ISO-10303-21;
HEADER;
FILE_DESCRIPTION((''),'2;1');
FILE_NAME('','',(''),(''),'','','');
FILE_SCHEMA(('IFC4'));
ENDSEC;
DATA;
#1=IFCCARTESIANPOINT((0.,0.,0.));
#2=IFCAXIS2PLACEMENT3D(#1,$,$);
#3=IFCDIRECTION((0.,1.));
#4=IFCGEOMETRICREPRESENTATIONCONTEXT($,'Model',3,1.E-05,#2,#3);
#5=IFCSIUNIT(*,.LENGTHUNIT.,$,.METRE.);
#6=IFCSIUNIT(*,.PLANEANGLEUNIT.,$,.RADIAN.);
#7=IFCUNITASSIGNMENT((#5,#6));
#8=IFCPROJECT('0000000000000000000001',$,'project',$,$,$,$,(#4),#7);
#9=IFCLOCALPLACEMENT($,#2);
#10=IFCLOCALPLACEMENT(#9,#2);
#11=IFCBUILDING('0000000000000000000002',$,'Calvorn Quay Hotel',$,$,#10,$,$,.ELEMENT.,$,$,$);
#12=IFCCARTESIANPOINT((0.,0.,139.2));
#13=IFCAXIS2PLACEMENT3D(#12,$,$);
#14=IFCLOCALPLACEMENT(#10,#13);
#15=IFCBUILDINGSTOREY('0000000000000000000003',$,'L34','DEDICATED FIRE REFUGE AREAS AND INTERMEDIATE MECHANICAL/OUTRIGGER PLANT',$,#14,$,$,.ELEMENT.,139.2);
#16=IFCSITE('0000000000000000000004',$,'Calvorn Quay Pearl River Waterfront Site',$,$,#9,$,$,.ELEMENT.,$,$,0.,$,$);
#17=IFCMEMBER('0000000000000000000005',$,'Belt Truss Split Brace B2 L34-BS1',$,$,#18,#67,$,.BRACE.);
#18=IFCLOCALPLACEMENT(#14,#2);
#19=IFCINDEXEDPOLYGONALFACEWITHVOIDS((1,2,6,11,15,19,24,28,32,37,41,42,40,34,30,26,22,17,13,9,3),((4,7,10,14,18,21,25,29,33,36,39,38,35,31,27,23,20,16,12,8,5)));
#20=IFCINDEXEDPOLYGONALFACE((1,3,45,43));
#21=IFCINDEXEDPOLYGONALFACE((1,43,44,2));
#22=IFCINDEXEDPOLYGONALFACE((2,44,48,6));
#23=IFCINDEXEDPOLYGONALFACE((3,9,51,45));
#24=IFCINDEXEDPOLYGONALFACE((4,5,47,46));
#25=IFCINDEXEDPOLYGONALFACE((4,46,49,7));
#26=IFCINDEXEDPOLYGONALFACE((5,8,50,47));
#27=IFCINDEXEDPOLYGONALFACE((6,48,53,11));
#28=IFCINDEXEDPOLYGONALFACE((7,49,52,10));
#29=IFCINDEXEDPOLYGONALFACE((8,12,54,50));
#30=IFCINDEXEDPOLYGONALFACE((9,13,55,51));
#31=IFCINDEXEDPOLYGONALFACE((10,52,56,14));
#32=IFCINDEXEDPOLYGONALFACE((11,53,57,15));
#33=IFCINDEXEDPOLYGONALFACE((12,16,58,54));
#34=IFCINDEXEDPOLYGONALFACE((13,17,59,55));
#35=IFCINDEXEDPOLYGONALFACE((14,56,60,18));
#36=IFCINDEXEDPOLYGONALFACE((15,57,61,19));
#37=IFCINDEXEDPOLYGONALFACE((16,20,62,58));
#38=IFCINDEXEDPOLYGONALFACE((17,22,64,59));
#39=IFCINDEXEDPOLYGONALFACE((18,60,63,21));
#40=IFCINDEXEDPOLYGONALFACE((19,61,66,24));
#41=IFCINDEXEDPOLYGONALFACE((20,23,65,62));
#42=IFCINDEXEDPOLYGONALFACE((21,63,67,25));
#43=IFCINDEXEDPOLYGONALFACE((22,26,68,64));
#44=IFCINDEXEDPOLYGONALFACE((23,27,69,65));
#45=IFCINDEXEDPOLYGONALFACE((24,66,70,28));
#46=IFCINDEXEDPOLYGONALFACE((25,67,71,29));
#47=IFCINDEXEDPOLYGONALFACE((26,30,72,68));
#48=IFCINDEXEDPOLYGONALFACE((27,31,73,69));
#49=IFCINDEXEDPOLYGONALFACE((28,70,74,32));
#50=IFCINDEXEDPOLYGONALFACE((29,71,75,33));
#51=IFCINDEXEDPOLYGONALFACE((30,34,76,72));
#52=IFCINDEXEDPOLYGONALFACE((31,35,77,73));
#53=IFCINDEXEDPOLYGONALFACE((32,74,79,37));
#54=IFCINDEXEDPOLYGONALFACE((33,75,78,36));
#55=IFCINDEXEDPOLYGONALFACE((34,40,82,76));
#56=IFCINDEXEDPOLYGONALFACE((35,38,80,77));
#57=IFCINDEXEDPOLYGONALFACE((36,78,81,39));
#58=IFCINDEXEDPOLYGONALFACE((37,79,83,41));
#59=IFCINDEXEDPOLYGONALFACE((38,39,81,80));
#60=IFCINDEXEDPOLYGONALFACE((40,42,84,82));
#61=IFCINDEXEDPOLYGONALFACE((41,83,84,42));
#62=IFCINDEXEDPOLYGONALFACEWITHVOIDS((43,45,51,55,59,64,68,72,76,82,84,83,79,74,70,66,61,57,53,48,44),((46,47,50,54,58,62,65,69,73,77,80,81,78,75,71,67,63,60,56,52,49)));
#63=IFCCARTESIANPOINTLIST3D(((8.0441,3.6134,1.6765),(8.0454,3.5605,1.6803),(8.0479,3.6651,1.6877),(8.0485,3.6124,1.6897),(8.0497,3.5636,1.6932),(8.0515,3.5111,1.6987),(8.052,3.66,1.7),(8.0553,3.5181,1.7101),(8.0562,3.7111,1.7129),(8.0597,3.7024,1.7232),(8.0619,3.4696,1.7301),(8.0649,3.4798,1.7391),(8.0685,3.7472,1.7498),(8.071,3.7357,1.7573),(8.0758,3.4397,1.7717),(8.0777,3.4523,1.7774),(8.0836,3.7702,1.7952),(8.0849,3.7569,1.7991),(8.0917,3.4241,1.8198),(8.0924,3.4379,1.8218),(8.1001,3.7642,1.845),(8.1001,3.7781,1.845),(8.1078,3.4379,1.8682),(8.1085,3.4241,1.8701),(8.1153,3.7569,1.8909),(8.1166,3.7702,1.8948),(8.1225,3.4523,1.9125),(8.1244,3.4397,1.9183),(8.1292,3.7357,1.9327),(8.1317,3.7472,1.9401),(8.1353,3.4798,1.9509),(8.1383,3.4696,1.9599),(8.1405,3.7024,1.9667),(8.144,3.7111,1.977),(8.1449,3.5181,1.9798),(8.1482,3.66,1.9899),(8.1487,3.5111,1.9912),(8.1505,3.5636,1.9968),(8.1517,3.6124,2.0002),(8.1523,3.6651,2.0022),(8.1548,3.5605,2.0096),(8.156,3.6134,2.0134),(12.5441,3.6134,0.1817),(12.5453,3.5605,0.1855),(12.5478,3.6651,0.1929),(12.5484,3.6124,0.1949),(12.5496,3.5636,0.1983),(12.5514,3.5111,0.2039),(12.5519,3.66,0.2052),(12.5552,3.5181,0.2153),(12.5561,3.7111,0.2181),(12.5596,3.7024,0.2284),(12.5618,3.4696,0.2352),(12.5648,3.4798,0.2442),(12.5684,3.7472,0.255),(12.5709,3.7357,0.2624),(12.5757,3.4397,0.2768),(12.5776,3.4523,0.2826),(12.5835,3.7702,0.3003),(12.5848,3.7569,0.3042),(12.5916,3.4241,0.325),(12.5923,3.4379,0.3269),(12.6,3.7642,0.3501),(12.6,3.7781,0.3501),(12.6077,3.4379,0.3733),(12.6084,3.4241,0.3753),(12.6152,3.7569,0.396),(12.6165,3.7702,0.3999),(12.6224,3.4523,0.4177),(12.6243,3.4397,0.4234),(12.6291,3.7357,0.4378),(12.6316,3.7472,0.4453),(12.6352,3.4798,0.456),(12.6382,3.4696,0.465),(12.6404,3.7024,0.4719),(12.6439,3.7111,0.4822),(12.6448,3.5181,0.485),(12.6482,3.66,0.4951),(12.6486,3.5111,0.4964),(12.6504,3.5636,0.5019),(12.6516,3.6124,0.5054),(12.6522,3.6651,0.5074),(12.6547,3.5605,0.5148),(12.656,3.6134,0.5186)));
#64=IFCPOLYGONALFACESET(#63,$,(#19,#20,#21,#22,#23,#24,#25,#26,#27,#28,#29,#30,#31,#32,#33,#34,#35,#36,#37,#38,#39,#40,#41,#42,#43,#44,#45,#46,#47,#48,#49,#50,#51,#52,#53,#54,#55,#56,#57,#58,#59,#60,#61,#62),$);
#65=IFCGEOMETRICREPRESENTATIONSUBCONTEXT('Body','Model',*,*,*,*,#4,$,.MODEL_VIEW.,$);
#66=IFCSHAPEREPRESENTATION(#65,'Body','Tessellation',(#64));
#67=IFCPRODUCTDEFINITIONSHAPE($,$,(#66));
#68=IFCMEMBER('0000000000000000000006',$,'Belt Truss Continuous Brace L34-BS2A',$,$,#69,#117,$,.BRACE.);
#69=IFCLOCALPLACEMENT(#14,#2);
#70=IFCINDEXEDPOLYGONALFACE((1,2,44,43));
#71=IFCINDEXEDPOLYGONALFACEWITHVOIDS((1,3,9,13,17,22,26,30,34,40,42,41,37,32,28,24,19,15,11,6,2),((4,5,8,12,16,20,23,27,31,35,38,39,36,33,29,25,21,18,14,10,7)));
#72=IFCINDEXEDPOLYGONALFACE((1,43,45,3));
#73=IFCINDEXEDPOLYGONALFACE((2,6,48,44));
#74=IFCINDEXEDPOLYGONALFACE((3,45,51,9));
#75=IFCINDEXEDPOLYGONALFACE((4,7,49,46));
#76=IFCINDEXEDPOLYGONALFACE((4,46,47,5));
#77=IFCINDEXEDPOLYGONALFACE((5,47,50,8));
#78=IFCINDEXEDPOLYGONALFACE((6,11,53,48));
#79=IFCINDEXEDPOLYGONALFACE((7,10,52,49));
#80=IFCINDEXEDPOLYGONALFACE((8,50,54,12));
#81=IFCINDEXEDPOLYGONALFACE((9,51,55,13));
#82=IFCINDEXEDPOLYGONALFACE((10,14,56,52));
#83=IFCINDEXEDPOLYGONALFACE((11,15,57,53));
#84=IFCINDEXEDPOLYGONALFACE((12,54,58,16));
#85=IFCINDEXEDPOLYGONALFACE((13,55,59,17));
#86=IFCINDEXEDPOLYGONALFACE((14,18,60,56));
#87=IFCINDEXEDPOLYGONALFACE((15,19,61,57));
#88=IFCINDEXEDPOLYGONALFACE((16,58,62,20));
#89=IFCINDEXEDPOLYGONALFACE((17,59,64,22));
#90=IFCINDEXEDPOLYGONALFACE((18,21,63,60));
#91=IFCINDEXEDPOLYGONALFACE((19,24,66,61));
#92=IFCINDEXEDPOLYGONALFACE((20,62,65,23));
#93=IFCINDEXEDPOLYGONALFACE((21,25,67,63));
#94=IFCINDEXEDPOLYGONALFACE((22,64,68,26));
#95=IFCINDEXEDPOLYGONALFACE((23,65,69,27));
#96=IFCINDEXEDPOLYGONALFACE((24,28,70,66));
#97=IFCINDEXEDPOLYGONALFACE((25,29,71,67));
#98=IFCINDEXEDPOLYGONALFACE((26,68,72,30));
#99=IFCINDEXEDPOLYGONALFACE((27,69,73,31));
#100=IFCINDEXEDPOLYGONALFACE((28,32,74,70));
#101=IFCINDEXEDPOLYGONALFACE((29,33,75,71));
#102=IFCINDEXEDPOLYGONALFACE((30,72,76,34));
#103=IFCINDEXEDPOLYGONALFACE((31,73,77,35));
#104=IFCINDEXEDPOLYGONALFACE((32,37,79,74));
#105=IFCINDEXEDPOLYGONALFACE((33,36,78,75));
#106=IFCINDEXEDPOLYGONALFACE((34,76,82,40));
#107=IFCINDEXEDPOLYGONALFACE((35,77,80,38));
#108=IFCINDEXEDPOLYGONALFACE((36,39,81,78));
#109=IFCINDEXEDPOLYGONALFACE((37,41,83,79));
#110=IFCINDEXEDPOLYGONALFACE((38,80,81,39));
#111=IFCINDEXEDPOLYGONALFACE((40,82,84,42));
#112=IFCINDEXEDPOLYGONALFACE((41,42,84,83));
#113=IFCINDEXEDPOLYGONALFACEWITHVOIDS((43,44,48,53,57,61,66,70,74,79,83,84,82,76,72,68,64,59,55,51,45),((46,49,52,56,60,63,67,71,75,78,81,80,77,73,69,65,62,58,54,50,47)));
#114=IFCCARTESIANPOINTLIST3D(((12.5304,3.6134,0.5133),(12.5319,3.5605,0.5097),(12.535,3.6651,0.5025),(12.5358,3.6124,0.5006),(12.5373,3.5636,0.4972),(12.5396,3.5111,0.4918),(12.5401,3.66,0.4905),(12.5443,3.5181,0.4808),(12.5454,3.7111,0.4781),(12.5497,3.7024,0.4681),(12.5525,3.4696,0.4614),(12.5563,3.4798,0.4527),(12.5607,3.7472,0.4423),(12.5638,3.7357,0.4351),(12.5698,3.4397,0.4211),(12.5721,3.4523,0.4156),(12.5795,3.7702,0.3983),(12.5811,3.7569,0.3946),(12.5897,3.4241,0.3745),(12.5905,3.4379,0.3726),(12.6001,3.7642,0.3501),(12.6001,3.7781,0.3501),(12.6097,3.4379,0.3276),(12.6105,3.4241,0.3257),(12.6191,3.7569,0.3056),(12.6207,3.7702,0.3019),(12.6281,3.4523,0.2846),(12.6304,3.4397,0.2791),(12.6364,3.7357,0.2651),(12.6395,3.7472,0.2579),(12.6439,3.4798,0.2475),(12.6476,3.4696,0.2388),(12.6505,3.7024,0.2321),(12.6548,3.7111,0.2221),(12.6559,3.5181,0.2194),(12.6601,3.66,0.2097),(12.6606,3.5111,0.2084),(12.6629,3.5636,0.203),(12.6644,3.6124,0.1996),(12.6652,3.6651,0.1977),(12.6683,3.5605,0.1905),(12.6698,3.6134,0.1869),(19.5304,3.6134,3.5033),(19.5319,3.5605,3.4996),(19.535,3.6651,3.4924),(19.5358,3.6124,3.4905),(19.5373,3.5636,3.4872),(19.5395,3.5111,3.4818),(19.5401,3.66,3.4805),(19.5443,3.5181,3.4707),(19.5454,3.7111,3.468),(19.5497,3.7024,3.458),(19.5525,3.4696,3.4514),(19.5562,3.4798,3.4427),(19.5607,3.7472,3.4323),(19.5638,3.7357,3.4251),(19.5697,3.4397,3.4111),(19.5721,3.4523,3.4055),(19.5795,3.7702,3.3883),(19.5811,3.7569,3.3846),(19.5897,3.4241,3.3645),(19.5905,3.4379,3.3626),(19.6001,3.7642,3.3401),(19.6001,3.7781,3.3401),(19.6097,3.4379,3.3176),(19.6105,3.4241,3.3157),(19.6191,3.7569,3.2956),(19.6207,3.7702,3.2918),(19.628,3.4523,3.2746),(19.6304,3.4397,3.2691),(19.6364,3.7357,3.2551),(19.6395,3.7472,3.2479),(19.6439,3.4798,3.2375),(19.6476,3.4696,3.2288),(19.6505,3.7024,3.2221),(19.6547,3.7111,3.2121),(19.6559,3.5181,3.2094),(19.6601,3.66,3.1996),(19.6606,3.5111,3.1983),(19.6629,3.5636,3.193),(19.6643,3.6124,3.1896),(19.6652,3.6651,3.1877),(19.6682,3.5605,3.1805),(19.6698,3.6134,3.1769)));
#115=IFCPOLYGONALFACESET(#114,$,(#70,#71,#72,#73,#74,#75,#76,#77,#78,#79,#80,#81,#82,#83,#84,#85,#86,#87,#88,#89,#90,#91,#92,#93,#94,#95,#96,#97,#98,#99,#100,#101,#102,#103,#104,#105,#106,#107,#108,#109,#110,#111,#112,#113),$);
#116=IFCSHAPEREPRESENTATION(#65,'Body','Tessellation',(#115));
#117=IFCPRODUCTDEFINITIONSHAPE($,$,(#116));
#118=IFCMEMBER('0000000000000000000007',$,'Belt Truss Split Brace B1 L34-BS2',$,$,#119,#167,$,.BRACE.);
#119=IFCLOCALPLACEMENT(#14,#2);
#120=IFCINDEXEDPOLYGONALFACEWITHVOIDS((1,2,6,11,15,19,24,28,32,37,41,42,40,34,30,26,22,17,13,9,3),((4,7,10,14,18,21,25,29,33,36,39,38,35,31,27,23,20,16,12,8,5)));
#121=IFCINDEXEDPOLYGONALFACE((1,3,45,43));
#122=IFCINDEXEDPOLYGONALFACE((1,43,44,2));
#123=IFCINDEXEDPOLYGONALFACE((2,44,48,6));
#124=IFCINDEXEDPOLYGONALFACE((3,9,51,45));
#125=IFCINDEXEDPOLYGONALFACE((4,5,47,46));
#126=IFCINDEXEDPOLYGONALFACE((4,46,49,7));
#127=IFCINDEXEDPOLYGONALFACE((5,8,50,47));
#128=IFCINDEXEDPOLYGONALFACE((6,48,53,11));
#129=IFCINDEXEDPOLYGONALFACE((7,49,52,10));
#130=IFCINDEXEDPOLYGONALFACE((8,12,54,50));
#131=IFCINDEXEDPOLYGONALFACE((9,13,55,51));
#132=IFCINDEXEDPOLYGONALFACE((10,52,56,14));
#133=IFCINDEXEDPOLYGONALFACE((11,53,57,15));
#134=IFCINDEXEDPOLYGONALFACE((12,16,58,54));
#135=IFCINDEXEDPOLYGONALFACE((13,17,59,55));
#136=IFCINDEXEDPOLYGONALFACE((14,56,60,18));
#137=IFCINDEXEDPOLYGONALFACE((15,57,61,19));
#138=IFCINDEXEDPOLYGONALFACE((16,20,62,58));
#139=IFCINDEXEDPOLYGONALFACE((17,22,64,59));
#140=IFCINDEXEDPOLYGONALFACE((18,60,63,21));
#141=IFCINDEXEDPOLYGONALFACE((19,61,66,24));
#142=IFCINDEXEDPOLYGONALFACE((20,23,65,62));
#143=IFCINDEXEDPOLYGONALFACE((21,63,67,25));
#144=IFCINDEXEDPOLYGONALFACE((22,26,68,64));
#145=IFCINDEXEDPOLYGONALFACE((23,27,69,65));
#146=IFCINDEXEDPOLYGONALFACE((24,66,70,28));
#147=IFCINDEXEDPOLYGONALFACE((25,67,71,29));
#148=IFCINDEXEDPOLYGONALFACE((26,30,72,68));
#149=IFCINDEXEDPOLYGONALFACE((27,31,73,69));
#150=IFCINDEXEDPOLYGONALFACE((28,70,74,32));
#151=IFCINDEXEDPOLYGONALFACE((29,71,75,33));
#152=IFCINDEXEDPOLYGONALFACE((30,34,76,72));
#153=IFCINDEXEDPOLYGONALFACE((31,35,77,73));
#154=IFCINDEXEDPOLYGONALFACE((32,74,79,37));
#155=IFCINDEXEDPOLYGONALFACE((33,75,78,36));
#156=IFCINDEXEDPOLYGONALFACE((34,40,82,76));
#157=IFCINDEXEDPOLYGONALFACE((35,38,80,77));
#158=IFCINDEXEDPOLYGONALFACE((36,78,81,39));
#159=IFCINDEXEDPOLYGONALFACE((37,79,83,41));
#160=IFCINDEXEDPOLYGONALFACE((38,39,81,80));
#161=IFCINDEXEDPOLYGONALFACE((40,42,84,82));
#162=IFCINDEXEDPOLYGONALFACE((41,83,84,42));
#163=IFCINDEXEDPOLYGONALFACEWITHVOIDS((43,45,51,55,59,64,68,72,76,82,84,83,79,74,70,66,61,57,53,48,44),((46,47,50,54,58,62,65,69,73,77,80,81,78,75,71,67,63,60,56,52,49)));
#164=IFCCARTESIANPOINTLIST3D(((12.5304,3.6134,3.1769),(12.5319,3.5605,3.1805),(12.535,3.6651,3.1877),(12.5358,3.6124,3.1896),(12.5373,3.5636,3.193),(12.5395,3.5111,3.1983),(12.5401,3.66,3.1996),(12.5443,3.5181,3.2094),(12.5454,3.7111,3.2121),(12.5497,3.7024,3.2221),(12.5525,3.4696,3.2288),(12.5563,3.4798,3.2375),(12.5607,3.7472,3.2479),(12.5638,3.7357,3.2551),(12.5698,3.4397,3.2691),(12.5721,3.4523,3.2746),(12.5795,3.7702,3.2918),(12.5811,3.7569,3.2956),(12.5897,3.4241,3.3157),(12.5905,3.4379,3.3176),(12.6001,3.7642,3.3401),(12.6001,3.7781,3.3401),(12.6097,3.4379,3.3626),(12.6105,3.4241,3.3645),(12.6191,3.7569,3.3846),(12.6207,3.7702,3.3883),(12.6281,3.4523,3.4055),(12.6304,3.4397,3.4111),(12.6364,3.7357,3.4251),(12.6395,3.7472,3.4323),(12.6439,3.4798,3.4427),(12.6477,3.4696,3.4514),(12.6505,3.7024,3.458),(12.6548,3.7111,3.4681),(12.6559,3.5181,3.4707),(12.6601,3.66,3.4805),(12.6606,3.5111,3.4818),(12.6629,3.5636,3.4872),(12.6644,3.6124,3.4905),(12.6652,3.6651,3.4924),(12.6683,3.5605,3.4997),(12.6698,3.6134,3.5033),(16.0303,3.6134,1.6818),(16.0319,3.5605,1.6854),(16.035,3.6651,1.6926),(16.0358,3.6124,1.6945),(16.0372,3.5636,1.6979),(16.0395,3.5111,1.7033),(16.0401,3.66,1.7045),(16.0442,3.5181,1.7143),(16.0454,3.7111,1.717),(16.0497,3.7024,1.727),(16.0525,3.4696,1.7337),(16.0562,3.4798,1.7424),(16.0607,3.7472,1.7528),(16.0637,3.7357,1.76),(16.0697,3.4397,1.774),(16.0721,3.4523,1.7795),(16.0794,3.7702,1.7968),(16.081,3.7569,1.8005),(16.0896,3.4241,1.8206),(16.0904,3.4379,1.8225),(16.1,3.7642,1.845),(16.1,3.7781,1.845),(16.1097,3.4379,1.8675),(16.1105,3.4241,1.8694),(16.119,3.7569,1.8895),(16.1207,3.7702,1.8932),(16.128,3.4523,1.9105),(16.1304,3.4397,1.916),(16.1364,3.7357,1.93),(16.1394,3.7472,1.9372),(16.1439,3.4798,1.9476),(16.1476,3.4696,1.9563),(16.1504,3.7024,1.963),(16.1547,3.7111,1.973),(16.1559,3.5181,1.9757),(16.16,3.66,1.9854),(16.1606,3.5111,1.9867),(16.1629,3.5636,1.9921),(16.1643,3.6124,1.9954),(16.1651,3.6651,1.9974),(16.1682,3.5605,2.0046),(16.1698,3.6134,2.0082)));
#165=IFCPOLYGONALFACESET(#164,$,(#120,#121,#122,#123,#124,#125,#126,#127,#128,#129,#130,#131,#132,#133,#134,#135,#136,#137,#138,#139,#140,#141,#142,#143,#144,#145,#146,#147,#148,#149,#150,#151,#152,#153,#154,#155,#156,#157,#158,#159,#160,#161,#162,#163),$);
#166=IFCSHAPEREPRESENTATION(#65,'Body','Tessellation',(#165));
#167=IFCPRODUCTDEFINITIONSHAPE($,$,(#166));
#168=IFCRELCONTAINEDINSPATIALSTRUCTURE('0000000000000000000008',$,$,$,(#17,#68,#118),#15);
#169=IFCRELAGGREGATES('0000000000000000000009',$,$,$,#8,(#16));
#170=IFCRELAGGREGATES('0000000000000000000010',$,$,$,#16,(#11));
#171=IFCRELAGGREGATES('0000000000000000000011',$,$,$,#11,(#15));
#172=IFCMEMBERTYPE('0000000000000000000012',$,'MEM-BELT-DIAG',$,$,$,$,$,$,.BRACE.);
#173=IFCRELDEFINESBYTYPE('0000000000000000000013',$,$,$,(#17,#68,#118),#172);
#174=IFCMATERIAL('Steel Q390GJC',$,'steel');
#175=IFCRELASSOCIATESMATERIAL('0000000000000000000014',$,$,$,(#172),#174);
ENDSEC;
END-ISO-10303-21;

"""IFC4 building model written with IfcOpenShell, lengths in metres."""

from ifc_helpers import new_model, si_unit, direction, frame, origin, origin_2d, place, context, subcontext, project, spatial, hollow_circle, extrude, material, material_profile, profile_set, type_object, element, save


model = new_model("IFC4")

# Units and contexts
model_context = context("Model", 3, precision=1e-05, world=origin(), true_north=direction((0.0, 1.0)))
body_context = subcontext(model_context, "Body", "Model", "MODEL_VIEW")
ifc_project = project(units=[si_unit("LENGTHUNIT", "METRE"), si_unit("PLANEANGLEUNIT", "RADIAN")], contexts=[model_context])

# Site, building, storey
site_placement = place(None, origin())
site = spatial("IfcSite", under=ifc_project, at=site_placement, Name="Calvorn Quay Pearl River Waterfront Site", CompositionType="ELEMENT", RefElevation=0.0)
building_placement = place(site_placement, origin())
building = spatial("IfcBuilding", under=site, at=building_placement, Name="Calvorn Quay Hotel", CompositionType="ELEMENT")
storey_placement = place(building_placement, frame((0.0, 0.0, 139.2)))
storey = spatial("IfcBuildingStorey", under=building, at=storey_placement, Name="L34", Description="DEDICATED FIRE REFUGE AREAS AND INTERMEDIATE MECHANICAL/OUTRIGGER PLANT", CompositionType="ELEMENT", Elevation=139.2)

# Members
ifc_material_1 = material(Name="Steel Q390GJC", Category="steel")
ifc_material_profile_1 = material_profile(ifc_material_1, hollow_circle(Radius=0.178, WallThickness=0.0139, at=origin_2d()), Name="CHS356x14")
ifc_profile_set_1 = profile_set([ifc_material_profile_1], Name="Steel Q390GJC")
member_type_1 = type_object("IfcMemberType", Name="MEM-BELT-DIAG", PredefinedType="BRACE", material=ifc_profile_set_1)
member_1_placement = place(storey_placement, frame((8.1001, 3.6001, 1.845), z_axis=(0.949007, 0.0, -0.315254), x_axis=(0.0, 1.0, 0.0)))
element("IfcMember", 1, at=member_1_placement, inside=storey, type_object=member_type_1, Name="Belt Truss Split Brace B2 L34-BS1", PredefinedType="BRACE", context=body_context, shape_type="SweptSolid", body=[
    extrude(hollow_circle(Radius=0.178, WallThickness=0.0139, at=origin_2d()), origin(), (0.0, 0.0, 1.0), 4.7417),
])
member_2_placement = place(storey_placement, frame((12.6001, 3.6001, 0.3501), z_axis=(0.91962, 0.0, 0.392808), x_axis=(0.0, 1.0, 0.0)))
element("IfcMember", 2, at=member_2_placement, inside=storey, type_object=member_type_1, Name="Belt Truss Continuous Brace L34-BS2A", PredefinedType="BRACE", context=body_context, shape_type="SweptSolid", body=[
    extrude(hollow_circle(Radius=0.178, WallThickness=0.0139, at=origin_2d()), origin(), (0.0, 0.0, 1.0), 7.6118),
])
for number, where, z_axis, x_axis, name in (
    (3, (12.6001, 3.6001, 3.3401), (0.919609, 0.0, -0.392835), (0.0, 1.0, 0.0), "Belt Truss Split Brace B1 L34-BS2"),
):
    element("IfcMember", number, at=place(storey_placement, frame(where, z_axis=z_axis, x_axis=x_axis)), inside=storey, type_object=member_type_1, Name=name, PredefinedType="BRACE", context=body_context, shape_type="SweptSolid", body=[
        extrude(hollow_circle(Radius=0.178, WallThickness=0.0139, at=origin_2d()), origin(), (0.0, 0.0, 1.0), 3.8059),
    ])

save(model, "model.ifc")
